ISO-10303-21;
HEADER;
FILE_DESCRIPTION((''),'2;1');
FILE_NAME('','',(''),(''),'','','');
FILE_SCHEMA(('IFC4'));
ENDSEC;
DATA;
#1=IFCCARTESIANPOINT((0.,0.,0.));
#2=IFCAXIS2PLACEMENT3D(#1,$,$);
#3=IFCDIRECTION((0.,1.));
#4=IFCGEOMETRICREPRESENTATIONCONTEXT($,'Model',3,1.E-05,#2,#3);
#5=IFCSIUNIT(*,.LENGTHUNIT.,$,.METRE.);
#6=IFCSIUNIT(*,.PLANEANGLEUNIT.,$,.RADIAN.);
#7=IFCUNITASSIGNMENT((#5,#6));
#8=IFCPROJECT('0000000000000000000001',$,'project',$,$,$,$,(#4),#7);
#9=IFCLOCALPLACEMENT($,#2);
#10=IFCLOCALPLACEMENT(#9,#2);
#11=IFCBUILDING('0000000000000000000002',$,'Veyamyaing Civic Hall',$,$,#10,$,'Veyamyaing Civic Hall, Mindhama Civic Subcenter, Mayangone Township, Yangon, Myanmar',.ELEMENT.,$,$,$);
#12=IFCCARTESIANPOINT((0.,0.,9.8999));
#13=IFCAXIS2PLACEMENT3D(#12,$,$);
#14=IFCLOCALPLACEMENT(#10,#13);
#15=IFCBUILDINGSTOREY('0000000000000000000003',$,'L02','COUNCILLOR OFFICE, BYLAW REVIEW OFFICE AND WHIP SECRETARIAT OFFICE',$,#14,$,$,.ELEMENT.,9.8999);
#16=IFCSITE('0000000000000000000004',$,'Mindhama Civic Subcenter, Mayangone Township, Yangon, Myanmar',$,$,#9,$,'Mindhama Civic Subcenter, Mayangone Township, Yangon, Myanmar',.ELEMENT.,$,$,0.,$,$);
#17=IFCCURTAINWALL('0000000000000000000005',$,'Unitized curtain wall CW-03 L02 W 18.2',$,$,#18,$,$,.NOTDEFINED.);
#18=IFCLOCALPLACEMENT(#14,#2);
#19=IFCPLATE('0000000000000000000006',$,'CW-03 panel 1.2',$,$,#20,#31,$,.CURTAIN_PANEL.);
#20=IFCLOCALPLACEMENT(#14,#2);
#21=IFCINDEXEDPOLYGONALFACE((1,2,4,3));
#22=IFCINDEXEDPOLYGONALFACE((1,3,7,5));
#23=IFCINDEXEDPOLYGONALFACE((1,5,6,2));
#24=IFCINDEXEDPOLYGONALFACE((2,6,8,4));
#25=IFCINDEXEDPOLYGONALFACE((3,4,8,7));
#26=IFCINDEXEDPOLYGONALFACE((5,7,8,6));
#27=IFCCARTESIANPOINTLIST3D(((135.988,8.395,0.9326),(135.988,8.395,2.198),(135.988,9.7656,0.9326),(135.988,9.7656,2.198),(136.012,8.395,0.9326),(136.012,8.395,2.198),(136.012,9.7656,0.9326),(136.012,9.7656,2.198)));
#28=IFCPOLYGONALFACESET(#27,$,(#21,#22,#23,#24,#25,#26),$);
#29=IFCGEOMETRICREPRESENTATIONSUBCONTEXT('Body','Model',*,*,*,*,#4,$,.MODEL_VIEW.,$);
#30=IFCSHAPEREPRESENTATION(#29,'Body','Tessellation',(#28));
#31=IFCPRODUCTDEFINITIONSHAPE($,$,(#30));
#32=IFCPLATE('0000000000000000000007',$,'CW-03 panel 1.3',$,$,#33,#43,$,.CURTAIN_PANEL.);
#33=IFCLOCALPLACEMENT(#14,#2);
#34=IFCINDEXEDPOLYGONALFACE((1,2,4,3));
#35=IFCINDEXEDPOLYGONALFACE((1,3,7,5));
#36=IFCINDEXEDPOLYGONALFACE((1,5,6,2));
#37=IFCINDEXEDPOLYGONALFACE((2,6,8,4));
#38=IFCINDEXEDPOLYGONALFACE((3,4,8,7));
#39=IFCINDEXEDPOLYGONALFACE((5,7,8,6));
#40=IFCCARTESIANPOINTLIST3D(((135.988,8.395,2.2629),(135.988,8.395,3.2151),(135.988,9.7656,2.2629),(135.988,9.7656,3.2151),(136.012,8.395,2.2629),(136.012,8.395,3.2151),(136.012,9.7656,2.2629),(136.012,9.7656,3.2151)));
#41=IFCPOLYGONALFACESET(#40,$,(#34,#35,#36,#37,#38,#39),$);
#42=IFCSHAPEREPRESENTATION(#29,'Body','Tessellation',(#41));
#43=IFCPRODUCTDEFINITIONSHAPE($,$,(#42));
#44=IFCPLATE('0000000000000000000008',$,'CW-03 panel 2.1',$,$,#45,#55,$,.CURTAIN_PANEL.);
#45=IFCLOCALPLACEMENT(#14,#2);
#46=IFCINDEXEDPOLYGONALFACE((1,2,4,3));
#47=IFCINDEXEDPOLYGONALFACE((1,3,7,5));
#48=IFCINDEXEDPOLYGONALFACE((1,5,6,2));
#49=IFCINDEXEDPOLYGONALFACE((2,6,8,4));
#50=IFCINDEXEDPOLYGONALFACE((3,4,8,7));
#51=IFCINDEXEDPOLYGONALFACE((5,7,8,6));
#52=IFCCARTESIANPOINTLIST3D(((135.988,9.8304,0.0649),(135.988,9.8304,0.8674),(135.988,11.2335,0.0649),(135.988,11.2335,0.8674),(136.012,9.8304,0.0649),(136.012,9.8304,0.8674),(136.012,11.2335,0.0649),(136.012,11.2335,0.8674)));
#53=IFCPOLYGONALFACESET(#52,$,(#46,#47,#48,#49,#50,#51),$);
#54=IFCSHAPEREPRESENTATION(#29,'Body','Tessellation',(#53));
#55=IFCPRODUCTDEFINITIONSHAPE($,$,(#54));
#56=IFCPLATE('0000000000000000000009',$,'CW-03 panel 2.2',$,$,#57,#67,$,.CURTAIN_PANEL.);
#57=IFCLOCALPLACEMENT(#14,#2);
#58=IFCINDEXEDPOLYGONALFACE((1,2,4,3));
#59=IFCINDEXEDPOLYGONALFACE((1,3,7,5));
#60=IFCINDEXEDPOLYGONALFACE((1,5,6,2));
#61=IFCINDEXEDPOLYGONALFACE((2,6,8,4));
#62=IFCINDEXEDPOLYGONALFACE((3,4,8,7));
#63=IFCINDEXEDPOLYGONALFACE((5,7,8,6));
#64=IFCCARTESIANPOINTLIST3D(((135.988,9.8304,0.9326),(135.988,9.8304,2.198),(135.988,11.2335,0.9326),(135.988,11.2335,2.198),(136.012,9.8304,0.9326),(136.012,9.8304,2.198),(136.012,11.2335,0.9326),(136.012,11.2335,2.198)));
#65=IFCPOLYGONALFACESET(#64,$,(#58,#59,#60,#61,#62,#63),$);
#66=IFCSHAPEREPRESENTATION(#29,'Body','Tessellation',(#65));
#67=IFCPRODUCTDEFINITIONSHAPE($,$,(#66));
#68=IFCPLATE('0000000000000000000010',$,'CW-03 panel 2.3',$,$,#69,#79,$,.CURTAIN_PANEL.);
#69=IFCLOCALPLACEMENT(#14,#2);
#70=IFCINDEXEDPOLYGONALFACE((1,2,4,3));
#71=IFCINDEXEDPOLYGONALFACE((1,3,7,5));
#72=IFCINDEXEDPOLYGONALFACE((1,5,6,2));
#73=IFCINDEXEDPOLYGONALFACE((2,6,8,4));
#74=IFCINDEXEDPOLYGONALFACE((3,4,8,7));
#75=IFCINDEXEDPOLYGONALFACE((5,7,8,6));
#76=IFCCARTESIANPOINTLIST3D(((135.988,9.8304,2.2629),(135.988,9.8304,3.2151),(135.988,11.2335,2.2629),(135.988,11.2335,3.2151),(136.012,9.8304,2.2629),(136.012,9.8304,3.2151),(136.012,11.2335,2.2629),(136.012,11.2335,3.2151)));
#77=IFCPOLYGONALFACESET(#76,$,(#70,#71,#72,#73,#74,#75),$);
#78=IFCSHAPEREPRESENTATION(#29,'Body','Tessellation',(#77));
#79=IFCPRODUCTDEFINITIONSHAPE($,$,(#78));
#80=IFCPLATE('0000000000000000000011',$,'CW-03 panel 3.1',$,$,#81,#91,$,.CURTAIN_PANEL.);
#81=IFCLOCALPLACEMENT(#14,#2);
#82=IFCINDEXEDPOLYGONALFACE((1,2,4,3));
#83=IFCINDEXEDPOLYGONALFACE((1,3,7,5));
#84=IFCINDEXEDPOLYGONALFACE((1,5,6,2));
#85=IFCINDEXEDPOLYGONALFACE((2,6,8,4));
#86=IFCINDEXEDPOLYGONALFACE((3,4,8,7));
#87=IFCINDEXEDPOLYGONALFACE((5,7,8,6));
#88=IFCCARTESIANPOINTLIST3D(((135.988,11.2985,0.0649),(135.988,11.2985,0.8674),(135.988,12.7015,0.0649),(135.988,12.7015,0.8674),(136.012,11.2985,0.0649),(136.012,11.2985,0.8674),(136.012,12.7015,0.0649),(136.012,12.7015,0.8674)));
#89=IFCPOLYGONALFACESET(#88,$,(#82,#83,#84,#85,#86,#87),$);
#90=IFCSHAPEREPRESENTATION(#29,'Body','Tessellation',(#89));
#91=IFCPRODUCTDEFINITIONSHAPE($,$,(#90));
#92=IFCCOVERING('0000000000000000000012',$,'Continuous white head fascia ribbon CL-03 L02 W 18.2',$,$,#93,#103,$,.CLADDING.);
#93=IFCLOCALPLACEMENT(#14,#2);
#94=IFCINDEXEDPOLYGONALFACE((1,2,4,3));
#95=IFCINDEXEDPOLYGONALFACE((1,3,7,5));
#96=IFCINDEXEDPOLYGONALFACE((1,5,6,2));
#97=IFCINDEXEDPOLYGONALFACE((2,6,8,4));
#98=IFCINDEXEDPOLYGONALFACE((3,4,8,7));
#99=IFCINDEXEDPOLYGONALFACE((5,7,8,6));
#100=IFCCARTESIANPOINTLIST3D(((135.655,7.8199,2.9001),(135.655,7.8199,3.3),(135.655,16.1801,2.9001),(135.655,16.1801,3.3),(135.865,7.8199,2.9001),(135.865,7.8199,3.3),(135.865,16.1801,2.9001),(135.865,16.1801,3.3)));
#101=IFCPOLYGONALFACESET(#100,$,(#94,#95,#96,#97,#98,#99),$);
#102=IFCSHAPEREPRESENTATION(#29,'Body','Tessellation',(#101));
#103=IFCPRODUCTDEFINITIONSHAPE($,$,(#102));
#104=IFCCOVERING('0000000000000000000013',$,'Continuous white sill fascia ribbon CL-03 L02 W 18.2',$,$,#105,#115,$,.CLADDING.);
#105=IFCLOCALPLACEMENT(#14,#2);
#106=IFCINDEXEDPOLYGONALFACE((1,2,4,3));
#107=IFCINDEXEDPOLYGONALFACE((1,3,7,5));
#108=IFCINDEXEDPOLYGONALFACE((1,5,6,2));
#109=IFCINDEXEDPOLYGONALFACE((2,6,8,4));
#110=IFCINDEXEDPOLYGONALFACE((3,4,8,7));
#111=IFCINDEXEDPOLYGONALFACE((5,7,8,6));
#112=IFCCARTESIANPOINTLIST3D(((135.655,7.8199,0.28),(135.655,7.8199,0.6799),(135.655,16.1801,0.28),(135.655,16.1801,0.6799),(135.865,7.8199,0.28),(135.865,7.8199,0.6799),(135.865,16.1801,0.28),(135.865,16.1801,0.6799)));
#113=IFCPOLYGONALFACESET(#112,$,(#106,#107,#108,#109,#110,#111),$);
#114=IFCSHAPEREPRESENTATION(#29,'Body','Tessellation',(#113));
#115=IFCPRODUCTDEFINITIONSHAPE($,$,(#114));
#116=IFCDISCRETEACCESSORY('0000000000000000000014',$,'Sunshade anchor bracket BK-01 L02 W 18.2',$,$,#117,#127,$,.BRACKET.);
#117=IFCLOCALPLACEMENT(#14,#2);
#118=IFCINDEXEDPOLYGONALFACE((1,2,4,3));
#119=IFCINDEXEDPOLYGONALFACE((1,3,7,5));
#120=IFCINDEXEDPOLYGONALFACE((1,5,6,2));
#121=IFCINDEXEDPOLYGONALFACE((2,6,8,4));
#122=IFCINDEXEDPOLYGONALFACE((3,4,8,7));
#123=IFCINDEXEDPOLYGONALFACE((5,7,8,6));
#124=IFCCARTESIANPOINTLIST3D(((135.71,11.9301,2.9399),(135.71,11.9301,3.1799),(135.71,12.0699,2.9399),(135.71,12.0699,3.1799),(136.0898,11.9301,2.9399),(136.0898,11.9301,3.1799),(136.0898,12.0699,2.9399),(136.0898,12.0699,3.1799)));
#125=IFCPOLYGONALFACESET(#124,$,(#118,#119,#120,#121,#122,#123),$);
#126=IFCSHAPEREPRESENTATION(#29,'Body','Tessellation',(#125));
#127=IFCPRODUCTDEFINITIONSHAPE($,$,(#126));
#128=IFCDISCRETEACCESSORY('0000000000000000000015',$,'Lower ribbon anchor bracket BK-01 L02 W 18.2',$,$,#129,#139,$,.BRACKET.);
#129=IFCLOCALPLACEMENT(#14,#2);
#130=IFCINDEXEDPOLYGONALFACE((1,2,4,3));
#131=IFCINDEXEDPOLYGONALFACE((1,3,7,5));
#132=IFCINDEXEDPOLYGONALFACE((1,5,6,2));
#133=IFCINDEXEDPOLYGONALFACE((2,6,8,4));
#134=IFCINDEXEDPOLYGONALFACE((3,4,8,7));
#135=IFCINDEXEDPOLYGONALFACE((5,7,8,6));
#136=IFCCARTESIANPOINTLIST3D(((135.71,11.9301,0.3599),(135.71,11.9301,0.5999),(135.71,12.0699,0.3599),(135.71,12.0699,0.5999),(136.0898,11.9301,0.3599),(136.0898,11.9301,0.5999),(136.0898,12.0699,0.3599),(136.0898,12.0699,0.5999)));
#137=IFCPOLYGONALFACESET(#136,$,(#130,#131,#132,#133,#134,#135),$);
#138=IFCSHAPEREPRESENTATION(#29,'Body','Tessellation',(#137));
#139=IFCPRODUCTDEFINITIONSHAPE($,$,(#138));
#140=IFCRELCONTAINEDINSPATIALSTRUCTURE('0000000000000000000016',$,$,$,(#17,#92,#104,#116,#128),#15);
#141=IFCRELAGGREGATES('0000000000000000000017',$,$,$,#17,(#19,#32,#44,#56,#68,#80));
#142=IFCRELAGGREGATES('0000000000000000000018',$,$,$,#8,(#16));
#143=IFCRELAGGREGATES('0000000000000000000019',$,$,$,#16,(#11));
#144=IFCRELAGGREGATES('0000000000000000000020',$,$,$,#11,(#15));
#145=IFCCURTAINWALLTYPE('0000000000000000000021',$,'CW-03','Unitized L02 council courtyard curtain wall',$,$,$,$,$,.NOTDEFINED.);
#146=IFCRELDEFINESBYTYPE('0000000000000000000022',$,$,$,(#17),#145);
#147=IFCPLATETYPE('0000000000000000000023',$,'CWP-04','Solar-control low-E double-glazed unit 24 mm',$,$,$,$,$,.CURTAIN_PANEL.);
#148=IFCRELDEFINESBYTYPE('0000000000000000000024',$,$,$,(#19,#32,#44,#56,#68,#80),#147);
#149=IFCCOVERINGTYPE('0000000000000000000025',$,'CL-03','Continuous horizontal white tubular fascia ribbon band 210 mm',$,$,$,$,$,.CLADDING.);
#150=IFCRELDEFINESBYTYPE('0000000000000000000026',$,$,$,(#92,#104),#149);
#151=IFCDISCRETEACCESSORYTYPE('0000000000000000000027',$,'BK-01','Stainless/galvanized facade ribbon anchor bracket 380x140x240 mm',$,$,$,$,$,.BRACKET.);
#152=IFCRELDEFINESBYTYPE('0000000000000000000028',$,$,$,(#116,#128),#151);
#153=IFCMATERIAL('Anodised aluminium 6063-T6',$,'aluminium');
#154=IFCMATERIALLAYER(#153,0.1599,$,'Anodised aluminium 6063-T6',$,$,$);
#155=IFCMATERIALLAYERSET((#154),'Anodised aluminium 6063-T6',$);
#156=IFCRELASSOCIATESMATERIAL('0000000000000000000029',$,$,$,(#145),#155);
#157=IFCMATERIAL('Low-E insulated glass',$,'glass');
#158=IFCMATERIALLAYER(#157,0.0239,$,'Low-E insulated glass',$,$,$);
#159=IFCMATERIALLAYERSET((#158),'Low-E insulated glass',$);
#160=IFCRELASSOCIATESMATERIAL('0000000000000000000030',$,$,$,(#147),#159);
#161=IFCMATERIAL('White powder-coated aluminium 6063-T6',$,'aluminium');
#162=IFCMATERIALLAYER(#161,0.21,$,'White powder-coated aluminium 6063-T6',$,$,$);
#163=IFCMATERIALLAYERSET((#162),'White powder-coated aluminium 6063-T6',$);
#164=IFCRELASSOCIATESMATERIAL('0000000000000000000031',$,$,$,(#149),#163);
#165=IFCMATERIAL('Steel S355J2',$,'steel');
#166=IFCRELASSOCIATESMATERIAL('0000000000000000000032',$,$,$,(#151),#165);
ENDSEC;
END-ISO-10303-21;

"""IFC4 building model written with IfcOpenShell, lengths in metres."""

from ifc_helpers import new_model, si_unit, direction, frame, origin, origin_2d, place, context, subcontext, project, spatial, rectangle, extrude, material, layer, layer_set, type_object, element, aggregate, save


model = new_model("IFC4")

# Units and contexts
model_context = context("Model", 3, precision=1e-05, world=origin(), true_north=direction((0.0, 1.0)))
body_context = subcontext(model_context, "Body", "Model", "MODEL_VIEW")
ifc_project = project(units=[si_unit("LENGTHUNIT", "METRE"), si_unit("PLANEANGLEUNIT", "RADIAN")], contexts=[model_context])

# Site, building, storey
site_placement = place(None, origin())
site = spatial("IfcSite", under=ifc_project, at=site_placement, Name="Mindhama Civic Subcenter, Mayangone Township, Yangon, Myanmar", LongName="Mindhama Civic Subcenter, Mayangone Township, Yangon, Myanmar", CompositionType="ELEMENT", RefElevation=0.0)
building_placement = place(site_placement, origin())
building = spatial("IfcBuilding", under=site, at=building_placement, Name="Veyamyaing Civic Hall", LongName="Veyamyaing Civic Hall, Mindhama Civic Subcenter, Mayangone Township, Yangon, Myanmar", CompositionType="ELEMENT")
storey_placement = place(building_placement, frame((0.0, 0.0, 9.8999)))
storey = spatial("IfcBuildingStorey", under=building, at=storey_placement, Name="L02", Description="COUNCILLOR OFFICE, BYLAW REVIEW OFFICE AND WHIP SECRETARIAT OFFICE", CompositionType="ELEMENT", Elevation=9.8999)

# Curtain wall
ifc_material_1 = material(Name="Anodised aluminium 6063-T6", Category="aluminium")
ifc_layer_1 = layer(ifc_material_1, 0.1599, Name="Anodised aluminium 6063-T6")
ifc_layer_set_1 = layer_set([ifc_layer_1], Name="Anodised aluminium 6063-T6")
curtain_wall_type = type_object("IfcCurtainWallType", Name="CW-03", Description="Unitized L02 council courtyard curtain wall", PredefinedType="NOTDEFINED", material=ifc_layer_set_1)
curtain_wall_placement = place(storey_placement, origin())
curtain_wall = element("IfcCurtainWall", 1, at=curtain_wall_placement, inside=storey, type_object=curtain_wall_type, Name="Unitized curtain wall CW-03 L02 W 18.2", PredefinedType="NOTDEFINED")

# Plates
ifc_material_2 = material(Name="Low-E insulated glass", Category="glass")
ifc_layer_2 = layer(ifc_material_2, 0.0239, Name="Low-E insulated glass")
ifc_layer_set_2 = layer_set([ifc_layer_2], Name="Low-E insulated glass")
plate_type = type_object("IfcPlateType", Name="CWP-04", Description="Solar-control low-E double-glazed unit 24 mm", PredefinedType="CURTAIN_PANEL", material=ifc_layer_set_2)
plate_1_placement = place(storey_placement, frame((136.0, 9.0803, 0.9326), z_axis=(0.0, 0.0, 1.0), x_axis=(0.0, 1.0, 0.0)))
plate_1 = element("IfcPlate", 2, at=plate_1_placement, type_object=plate_type, Name="CW-03 panel 1.2", PredefinedType="CURTAIN_PANEL", context=body_context, shape_type="SweptSolid", body=[
    extrude(rectangle(XDim=1.3706, YDim=0.0239, at=origin_2d()), origin(), (0.0, 0.0, 1.0), 1.2654),
])
plate_2_placement = place(storey_placement, frame((136.0, 9.0803, 2.2629), z_axis=(0.0, 0.0, 1.0), x_axis=(0.0, 1.0, 0.0)))
plate_2 = element("IfcPlate", 3, at=plate_2_placement, type_object=plate_type, Name="CW-03 panel 1.3", PredefinedType="CURTAIN_PANEL", context=body_context, shape_type="SweptSolid", body=[
    extrude(rectangle(XDim=1.3706, YDim=0.0239, at=origin_2d()), origin(), (0.0, 0.0, 1.0), 0.9521),
])
plate_3_placement = place(storey_placement, frame((136.0, 10.532, 0.0649), z_axis=(0.0, 0.0, 1.0), x_axis=(0.0, 1.0, 0.0)))
plate_3 = element("IfcPlate", 4, at=plate_3_placement, type_object=plate_type, Name="CW-03 panel 2.1", PredefinedType="CURTAIN_PANEL", context=body_context, shape_type="SweptSolid", body=[
    extrude(rectangle(XDim=1.4031, YDim=0.0239, at=origin_2d()), origin(), (0.0, 0.0, 1.0), 0.8025),
])
plate_4_placement = place(storey_placement, frame((136.0, 10.532, 0.9326), z_axis=(0.0, 0.0, 1.0), x_axis=(0.0, 1.0, 0.0)))
plate_4 = element("IfcPlate", 5, at=plate_4_placement, type_object=plate_type, Name="CW-03 panel 2.2", PredefinedType="CURTAIN_PANEL", context=body_context, shape_type="SweptSolid", body=[
    extrude(rectangle(XDim=1.4031, YDim=0.0239, at=origin_2d()), origin(), (0.0, 0.0, 1.0), 1.2654),
])
plate_5_placement = place(storey_placement, frame((136.0, 10.532, 2.2629), z_axis=(0.0, 0.0, 1.0), x_axis=(0.0, 1.0, 0.0)))
plate_5 = element("IfcPlate", 6, at=plate_5_placement, type_object=plate_type, Name="CW-03 panel 2.3", PredefinedType="CURTAIN_PANEL", context=body_context, shape_type="SweptSolid", body=[
    extrude(rectangle(XDim=1.4031, YDim=0.0239, at=origin_2d()), origin(), (0.0, 0.0, 1.0), 0.9521),
])
plate_6_placement = place(storey_placement, frame((136.0, 12.0, 0.0649), z_axis=(0.0, 0.0, 1.0), x_axis=(0.0, 1.0, 0.0)))
plate_6 = element("IfcPlate", 7, at=plate_6_placement, type_object=plate_type, Name="CW-03 panel 3.1", PredefinedType="CURTAIN_PANEL", context=body_context, shape_type="SweptSolid", body=[
    extrude(rectangle(XDim=1.4031, YDim=0.0239, at=origin_2d()), origin(), (0.0, 0.0, 1.0), 0.8025),
])
aggregate(curtain_wall, [plate_1, plate_2, plate_3, plate_4, plate_5, plate_6])

# Coverings
ifc_material_3 = material(Name="White powder-coated aluminium 6063-T6", Category="aluminium")
ifc_layer_3 = layer(ifc_material_3, 0.21, Name="White powder-coated aluminium 6063-T6")
ifc_layer_set_3 = layer_set([ifc_layer_3], Name="White powder-coated aluminium 6063-T6")
covering_type = type_object("IfcCoveringType", Name="CL-03", Description="Continuous horizontal white tubular fascia ribbon band 210 mm", PredefinedType="CLADDING", material=ifc_layer_set_3)
for number, where, z_axis, x_axis, name in (
    (8, (135.76, 12.0, 2.9001), (0.0, 0.0, 1.0), (0.0, 1.0, 0.0), "Continuous white head fascia ribbon CL-03 L02 W 18.2"),
    (9, (135.76, 12.0, 0.28), (0.0, 0.0, 1.0), (0.0, 1.0, 0.0), "Continuous white sill fascia ribbon CL-03 L02 W 18.2"),
):
    element("IfcCovering", number, at=place(storey_placement, frame(where, z_axis=z_axis, x_axis=x_axis)), inside=storey, type_object=covering_type, Name=name, PredefinedType="CLADDING", context=body_context, shape_type="SweptSolid", body=[
        extrude(rectangle(XDim=8.3601, YDim=0.21, at=origin_2d()), origin(), (0.0, 0.0, 1.0), 0.3999),
    ])

# Discrete accessories
ifc_material_4 = material(Name="Steel S355J2", Category="steel")
discrete_accessory_type = type_object("IfcDiscreteAccessoryType", Name="BK-01", Description="Stainless/galvanized facade ribbon anchor bracket 380x140x240 mm", PredefinedType="BRACKET", material=ifc_material_4)
for number, where, z_axis, x_axis, name in (
    (10, (135.8999, 12.0, 2.9399), (0.0, 0.0, 1.0), (-1.0, 0.0, 0.0), "Sunshade anchor bracket BK-01 L02 W 18.2"),
    (11, (135.8999, 12.0, 0.3599), (0.0, 0.0, 1.0), (-1.0, 0.0, 0.0), "Lower ribbon anchor bracket BK-01 L02 W 18.2"),
):
    element("IfcDiscreteAccessory", number, at=place(storey_placement, frame(where, z_axis=z_axis, x_axis=x_axis)), inside=storey, type_object=discrete_accessory_type, Name=name, PredefinedType="BRACKET", context=body_context, shape_type="SweptSolid", body=[
        extrude(rectangle(XDim=0.3799, YDim=0.1399, at=origin_2d()), origin(), (0.0, 0.0, 1.0), 0.24),
    ])

save(model, "model.ifc")
